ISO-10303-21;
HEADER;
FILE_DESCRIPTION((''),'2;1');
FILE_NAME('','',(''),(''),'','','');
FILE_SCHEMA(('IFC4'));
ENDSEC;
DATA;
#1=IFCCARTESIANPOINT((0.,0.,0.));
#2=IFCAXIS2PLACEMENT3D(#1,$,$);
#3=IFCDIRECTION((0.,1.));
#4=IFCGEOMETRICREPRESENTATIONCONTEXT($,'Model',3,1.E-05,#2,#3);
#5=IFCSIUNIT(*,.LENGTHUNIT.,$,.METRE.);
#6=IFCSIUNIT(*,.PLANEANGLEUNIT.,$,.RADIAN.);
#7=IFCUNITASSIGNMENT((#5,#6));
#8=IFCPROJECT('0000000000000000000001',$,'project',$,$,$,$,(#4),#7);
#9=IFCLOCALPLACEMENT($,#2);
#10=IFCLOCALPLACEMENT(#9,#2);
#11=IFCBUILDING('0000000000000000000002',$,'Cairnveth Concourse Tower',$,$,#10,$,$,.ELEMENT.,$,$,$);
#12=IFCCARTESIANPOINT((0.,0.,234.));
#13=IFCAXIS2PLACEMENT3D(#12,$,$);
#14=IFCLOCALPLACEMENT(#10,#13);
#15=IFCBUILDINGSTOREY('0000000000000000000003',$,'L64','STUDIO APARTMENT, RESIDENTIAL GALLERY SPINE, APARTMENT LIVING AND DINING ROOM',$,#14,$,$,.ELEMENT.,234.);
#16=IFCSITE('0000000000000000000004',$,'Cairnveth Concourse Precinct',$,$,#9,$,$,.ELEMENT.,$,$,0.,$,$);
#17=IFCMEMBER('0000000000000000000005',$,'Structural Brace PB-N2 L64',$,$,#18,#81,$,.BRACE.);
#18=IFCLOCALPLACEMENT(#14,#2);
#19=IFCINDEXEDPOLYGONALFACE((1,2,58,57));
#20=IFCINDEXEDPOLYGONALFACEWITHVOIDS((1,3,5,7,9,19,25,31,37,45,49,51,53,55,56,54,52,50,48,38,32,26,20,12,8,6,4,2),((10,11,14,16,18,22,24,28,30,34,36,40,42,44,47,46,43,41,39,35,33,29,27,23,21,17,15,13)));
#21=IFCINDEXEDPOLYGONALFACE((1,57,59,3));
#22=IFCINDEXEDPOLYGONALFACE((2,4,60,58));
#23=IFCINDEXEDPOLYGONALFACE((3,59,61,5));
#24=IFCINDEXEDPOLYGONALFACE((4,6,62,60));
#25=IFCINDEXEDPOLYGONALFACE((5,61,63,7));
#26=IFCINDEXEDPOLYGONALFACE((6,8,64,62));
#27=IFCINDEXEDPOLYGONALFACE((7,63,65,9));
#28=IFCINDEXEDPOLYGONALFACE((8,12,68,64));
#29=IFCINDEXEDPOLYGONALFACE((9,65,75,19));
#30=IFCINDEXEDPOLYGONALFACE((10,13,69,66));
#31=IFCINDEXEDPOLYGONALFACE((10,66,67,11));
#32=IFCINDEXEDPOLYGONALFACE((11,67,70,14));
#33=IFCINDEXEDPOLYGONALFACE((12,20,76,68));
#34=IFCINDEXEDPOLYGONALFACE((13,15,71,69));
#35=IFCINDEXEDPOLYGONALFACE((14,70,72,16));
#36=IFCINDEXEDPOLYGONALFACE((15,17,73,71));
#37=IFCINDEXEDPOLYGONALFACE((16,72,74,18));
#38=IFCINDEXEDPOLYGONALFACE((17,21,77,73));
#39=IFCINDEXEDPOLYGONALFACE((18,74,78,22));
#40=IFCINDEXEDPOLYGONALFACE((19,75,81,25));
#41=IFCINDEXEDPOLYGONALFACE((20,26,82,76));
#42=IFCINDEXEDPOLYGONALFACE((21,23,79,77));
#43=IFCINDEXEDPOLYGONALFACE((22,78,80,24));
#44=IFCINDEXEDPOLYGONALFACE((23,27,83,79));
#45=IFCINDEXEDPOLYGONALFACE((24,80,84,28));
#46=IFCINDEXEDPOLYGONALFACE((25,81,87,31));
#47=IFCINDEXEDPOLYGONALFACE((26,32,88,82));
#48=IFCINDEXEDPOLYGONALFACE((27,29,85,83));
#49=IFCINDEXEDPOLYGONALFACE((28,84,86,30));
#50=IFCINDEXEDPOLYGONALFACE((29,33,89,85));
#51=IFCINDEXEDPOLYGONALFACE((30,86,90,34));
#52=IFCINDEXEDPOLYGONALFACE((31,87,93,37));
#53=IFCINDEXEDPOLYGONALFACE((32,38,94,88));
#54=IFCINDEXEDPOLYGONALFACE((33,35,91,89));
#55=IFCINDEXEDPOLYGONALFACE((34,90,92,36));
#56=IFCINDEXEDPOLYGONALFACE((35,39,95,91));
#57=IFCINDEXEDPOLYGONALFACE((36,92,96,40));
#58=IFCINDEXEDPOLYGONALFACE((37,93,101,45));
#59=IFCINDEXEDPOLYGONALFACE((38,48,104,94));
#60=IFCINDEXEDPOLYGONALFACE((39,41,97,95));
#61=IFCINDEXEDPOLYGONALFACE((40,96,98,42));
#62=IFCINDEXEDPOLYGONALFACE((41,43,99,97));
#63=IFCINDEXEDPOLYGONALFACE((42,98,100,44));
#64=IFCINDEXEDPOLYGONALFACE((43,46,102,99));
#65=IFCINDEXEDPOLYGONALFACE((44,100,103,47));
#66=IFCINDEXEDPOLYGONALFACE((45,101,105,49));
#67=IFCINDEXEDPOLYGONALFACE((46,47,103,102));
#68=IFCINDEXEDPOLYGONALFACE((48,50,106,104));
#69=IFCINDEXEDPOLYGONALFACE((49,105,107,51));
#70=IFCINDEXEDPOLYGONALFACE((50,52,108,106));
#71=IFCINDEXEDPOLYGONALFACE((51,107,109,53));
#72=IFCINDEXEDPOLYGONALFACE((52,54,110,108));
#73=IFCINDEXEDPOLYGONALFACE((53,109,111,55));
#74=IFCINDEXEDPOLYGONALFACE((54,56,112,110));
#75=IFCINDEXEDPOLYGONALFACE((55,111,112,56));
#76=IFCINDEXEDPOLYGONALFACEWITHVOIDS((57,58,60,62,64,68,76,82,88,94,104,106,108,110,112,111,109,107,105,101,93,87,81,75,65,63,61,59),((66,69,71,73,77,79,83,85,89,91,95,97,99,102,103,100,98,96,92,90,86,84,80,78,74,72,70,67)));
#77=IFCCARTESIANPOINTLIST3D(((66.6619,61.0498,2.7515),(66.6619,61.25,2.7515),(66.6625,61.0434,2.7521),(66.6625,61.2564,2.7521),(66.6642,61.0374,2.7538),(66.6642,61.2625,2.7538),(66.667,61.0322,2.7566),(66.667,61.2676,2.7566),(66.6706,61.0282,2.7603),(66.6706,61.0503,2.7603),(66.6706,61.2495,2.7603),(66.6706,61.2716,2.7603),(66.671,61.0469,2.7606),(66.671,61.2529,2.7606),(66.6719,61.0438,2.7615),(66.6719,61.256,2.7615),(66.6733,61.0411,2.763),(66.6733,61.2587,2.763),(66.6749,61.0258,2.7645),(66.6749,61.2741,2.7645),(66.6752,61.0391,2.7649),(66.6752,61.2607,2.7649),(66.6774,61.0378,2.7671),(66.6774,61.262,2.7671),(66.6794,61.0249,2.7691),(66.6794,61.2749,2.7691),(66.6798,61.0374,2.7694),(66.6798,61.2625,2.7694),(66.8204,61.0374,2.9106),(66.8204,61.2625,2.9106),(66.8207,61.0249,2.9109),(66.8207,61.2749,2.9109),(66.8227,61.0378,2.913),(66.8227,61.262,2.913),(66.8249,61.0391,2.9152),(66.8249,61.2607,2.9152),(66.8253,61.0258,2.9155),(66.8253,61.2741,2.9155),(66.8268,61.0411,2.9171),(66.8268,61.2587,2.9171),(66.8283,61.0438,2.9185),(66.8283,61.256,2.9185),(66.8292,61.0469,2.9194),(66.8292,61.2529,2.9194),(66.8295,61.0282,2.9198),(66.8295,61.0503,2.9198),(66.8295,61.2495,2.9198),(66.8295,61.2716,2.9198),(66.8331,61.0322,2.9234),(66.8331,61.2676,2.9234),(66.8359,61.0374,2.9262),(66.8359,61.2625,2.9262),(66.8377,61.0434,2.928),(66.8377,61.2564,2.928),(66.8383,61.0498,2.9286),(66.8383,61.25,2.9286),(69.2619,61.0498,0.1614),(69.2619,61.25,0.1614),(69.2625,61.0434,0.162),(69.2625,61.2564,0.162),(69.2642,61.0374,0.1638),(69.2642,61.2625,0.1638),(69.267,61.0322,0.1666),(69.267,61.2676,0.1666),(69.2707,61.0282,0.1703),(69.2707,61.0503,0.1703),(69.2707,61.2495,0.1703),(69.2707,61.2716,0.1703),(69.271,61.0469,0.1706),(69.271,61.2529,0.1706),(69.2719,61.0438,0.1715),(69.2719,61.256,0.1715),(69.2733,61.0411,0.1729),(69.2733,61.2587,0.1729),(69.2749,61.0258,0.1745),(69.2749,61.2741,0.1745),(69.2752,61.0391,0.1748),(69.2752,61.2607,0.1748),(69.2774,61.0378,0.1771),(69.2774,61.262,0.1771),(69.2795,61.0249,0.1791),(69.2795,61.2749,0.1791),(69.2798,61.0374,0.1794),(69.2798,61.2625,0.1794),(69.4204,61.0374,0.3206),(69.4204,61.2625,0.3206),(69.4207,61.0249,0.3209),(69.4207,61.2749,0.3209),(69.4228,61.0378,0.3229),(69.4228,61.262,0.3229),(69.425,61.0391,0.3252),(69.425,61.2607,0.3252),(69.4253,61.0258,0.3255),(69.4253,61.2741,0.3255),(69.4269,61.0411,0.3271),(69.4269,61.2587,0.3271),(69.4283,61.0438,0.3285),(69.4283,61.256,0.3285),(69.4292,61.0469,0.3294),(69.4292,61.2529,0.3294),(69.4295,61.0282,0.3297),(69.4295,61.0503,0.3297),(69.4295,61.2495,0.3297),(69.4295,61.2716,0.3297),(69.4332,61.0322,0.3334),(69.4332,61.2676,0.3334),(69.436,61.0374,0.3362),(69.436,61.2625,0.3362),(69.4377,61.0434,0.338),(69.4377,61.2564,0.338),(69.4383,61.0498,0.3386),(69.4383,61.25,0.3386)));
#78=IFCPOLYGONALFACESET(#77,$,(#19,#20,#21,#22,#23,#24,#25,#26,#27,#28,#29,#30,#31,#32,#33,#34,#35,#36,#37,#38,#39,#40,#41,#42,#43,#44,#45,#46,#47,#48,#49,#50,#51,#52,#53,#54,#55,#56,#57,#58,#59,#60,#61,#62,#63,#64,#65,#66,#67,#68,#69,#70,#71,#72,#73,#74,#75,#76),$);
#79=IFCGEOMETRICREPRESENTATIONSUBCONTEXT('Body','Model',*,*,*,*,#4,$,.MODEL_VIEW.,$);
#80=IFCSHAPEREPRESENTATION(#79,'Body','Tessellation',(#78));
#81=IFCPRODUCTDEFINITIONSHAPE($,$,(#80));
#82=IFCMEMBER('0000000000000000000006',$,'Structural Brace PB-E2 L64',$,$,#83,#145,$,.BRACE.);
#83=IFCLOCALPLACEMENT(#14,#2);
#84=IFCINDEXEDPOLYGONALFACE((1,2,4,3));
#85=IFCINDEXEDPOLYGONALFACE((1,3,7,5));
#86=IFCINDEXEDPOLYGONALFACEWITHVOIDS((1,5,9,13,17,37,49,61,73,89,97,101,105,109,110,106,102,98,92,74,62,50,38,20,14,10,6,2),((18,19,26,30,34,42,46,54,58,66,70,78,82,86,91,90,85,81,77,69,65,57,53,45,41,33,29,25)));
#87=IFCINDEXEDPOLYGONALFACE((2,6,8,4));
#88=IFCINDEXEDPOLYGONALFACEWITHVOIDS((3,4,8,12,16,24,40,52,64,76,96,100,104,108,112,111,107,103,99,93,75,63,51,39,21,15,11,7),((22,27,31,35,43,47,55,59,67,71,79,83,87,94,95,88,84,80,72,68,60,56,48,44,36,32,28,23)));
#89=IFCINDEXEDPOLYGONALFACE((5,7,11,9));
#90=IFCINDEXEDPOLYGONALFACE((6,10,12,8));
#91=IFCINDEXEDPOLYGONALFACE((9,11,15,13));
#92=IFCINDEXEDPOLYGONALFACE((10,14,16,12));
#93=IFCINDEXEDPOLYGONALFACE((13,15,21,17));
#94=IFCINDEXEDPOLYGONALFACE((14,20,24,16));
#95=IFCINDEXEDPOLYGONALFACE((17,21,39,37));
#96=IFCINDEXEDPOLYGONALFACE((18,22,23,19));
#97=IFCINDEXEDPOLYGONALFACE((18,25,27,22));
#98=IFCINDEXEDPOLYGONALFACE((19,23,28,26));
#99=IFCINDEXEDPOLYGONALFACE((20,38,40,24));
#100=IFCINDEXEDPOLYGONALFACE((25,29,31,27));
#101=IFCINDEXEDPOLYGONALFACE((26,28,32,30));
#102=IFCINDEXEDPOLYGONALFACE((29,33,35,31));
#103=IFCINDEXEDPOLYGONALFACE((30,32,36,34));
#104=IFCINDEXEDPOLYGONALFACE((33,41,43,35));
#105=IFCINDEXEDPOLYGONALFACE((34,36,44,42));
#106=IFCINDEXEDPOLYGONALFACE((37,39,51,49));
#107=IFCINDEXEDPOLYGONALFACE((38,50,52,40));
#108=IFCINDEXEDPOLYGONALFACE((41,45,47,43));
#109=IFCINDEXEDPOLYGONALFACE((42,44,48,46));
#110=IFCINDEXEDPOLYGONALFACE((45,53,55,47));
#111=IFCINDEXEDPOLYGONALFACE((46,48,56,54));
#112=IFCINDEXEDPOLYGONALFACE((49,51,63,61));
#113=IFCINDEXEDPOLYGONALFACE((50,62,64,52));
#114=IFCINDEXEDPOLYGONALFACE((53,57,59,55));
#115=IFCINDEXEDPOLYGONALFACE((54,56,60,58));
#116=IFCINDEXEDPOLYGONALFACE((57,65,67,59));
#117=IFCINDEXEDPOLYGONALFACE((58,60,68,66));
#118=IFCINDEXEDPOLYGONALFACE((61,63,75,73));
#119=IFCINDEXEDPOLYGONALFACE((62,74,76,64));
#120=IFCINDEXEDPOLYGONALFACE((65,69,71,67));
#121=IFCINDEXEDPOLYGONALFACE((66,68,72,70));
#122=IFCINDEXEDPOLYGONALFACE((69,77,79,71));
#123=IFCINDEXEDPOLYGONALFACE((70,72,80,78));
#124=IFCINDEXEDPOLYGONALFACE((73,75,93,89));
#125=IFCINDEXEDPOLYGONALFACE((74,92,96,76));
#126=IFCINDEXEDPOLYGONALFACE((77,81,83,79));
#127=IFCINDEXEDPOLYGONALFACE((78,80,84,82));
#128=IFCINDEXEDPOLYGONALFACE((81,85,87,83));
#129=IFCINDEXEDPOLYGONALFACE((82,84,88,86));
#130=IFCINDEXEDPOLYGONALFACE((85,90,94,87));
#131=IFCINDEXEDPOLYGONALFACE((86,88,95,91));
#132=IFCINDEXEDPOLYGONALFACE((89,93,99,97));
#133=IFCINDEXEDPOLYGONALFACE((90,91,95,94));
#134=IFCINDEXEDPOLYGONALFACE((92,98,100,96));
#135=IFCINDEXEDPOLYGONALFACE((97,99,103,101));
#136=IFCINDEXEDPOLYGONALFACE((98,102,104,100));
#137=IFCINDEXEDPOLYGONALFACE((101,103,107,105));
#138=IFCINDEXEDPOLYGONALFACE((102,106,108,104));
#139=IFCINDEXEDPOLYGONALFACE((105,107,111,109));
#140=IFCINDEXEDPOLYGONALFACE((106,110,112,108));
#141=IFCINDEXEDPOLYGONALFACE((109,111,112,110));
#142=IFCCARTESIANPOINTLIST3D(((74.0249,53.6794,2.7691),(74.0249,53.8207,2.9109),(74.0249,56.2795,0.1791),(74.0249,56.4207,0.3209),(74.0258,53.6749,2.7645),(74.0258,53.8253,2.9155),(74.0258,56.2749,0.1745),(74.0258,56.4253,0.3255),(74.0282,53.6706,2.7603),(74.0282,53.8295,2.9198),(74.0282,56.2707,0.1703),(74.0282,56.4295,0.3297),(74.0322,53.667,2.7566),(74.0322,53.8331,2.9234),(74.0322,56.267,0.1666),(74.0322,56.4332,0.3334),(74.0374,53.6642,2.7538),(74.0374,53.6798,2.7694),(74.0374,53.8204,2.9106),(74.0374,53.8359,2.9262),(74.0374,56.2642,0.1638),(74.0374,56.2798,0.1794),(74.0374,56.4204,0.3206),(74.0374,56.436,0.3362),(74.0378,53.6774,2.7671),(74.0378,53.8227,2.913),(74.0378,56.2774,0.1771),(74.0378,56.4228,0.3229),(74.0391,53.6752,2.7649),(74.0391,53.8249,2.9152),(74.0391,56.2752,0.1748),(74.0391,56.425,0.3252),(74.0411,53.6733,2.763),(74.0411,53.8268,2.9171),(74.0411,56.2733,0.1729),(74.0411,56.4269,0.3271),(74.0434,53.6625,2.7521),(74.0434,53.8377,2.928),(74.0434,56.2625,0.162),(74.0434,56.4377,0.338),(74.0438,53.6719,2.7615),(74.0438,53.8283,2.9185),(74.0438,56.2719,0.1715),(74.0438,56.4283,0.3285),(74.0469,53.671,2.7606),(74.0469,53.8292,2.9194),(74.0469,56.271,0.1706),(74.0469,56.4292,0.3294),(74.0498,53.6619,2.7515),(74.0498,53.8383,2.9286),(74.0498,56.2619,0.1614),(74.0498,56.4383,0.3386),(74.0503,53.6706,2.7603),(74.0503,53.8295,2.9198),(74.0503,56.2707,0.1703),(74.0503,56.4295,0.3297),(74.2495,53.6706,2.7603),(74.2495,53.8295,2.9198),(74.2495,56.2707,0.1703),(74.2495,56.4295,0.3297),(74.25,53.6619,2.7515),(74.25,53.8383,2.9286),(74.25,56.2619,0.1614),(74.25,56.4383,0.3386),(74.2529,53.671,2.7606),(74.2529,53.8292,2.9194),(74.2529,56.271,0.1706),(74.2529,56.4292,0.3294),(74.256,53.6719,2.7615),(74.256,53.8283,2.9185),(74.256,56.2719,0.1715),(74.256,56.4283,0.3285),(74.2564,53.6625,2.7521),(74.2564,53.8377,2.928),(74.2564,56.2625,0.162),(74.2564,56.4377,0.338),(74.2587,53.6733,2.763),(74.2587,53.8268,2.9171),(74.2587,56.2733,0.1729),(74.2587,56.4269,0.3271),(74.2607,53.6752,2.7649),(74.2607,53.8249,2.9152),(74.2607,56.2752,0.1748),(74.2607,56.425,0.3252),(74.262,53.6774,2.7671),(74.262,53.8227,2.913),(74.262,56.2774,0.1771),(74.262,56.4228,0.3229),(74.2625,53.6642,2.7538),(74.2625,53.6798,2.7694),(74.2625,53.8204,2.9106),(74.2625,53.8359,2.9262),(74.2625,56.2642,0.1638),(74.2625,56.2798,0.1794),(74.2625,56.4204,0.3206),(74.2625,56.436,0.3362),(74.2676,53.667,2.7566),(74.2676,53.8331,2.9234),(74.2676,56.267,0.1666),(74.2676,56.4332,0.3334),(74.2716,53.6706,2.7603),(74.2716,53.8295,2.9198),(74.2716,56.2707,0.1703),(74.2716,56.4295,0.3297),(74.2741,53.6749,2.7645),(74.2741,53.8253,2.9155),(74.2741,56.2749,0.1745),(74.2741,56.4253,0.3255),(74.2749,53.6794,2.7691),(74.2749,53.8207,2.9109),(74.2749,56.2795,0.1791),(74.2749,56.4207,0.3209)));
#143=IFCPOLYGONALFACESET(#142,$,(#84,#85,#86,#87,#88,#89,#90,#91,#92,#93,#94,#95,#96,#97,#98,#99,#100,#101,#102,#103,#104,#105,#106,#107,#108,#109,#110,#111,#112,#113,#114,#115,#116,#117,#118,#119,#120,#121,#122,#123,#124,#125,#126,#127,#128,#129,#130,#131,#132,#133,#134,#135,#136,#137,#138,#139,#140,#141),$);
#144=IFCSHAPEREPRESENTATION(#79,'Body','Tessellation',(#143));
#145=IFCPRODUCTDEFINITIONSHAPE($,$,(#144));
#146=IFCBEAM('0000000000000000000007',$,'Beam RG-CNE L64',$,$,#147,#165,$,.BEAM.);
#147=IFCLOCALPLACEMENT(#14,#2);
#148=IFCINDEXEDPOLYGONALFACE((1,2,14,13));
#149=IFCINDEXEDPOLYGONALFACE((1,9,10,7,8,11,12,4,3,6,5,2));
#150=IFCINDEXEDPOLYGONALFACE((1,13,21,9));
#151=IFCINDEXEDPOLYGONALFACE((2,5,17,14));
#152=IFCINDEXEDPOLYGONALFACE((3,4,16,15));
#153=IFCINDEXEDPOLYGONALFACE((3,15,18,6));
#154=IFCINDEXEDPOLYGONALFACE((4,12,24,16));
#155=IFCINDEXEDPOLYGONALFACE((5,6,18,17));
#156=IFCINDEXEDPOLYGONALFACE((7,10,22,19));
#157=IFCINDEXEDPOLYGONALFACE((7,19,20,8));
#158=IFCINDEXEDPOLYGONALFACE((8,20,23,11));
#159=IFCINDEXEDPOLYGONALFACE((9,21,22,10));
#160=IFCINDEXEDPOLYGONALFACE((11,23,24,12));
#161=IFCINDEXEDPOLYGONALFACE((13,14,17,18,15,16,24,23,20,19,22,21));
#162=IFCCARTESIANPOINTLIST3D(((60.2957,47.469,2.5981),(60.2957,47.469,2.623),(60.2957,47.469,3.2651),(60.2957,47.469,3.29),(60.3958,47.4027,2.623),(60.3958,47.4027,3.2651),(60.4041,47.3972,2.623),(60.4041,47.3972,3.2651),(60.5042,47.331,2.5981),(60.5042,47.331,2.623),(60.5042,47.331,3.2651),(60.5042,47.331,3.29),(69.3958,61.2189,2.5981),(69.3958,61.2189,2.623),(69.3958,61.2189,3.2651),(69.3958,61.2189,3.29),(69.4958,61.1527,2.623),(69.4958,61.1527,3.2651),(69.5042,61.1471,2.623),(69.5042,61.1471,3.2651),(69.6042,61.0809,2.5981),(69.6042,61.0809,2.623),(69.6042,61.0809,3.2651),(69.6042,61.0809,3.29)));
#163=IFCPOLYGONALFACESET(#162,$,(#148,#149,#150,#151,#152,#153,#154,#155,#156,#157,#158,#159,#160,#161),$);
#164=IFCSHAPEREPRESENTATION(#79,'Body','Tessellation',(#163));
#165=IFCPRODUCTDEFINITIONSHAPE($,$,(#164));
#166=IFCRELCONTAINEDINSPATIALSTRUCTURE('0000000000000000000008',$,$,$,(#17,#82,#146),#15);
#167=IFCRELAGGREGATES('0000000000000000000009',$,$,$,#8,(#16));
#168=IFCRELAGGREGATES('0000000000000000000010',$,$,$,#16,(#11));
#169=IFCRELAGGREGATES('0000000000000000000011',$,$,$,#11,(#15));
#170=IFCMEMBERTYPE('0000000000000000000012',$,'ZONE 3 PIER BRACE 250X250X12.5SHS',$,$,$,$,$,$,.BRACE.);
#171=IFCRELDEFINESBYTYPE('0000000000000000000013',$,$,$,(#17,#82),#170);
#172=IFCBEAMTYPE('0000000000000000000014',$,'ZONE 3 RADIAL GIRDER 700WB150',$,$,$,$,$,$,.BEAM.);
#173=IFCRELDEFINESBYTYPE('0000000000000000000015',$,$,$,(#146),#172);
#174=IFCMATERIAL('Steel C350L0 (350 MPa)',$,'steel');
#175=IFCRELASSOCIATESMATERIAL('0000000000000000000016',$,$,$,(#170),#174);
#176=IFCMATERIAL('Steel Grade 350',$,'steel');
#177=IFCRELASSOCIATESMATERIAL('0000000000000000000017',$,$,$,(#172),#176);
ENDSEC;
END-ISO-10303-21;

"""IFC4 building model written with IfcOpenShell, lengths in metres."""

from ifc_helpers import new_model, si_unit, direction, frame, origin, origin_2d, place, context, subcontext, project, spatial, hollow_rectangle, i_section, extrude, material, material_profile, profile_set, type_object, element, save


model = new_model("IFC4")

# Units and contexts
model_context = context("Model", 3, precision=1e-05, world=origin(), true_north=direction((0.0, 1.0)))
body_context = subcontext(model_context, "Body", "Model", "MODEL_VIEW")
ifc_project = project(units=[si_unit("LENGTHUNIT", "METRE"), si_unit("PLANEANGLEUNIT", "RADIAN")], contexts=[model_context])

# Site, building, storey
site_placement = place(None, origin())
site = spatial("IfcSite", under=ifc_project, at=site_placement, Name="Cairnveth Concourse Precinct", CompositionType="ELEMENT", RefElevation=0.0)
building_placement = place(site_placement, origin())
building = spatial("IfcBuilding", under=site, at=building_placement, Name="Cairnveth Concourse Tower", CompositionType="ELEMENT")
storey_placement = place(building_placement, frame((0.0, 0.0, 234.0)))
storey = spatial("IfcBuildingStorey", under=building, at=storey_placement, Name="L64", Description="STUDIO APARTMENT, RESIDENTIAL GALLERY SPINE, APARTMENT LIVING AND DINING ROOM", CompositionType="ELEMENT", Elevation=234.0)

# Shared definitions
ifc_material_1 = material(Name="Steel Grade 350", Category="steel")

# Members
ifc_material_2 = material(Name="Steel C350L0 (350 MPa)", Category="steel")
ifc_material_profile_1 = material_profile(ifc_material_2, hollow_rectangle(XDim=0.25, YDim=0.25, WallThickness=0.0125, InnerFilletRadius=0.0129, OuterFilletRadius=0.0249, at=origin_2d()), Name="250x250x12.5SHS")
ifc_profile_set_1 = profile_set([ifc_material_profile_1], Name="Steel C350L0 (350 MPa)")
member_type = type_object("IfcMemberType", Name="ZONE 3 PIER BRACE 250X250X12.5SHS", PredefinedType="BRACE", material=ifc_profile_set_1)
for number, where, z_axis, x_axis, name in (
    (1, (69.3501, 61.1499, 0.25), (-0.708469, 0.0, 0.705742), (0.0, -1.0, 0.0), "Structural Brace PB-N2 L64"),
    (2, (74.1499, 56.3501, 0.25), (0.0, -0.708469, 0.705742), (1.0, 0.0, 0.0), "Structural Brace PB-E2 L64"),
):
    element("IfcMember", number, at=place(storey_placement, frame(where, z_axis=z_axis, x_axis=x_axis)), inside=storey, type_object=member_type, Name=name, PredefinedType="BRACE", context=body_context, shape_type="SweptSolid", body=[
        extrude(hollow_rectangle(XDim=0.25, YDim=0.25, WallThickness=0.0125, InnerFilletRadius=0.0129, OuterFilletRadius=0.0249, at=origin_2d()), origin(), (0.0, 0.0, 1.0), 3.6699),
    ])

# Beam
ifc_material_profile_2 = material_profile(ifc_material_1, i_section(OverallWidth=0.25, OverallDepth=0.6919, WebThickness=0.01, FlangeThickness=0.0249, at=origin_2d()), Name="700WB150")
ifc_profile_set_2 = profile_set([ifc_material_profile_2], Name="Steel Grade 350")
beam_type_1 = type_object("IfcBeamType", Name="ZONE 3 RADIAL GIRDER 700WB150", PredefinedType="BEAM", material=ifc_profile_set_2)
beam_1_placement = place(storey_placement, frame((69.5, 61.1499, 2.9441), z_axis=(-0.551902, -0.833909, 0.0), x_axis=(0.833909, -0.551902, 0.0)))
element("IfcBeam", 3, at=beam_1_placement, inside=storey, type_object=beam_type_1, Name="Beam RG-CNE L64", PredefinedType="BEAM", context=body_context, shape_type="SweptSolid", body=[
    extrude(i_section(OverallWidth=0.25, OverallDepth=0.6919, WebThickness=0.01, FlangeThickness=0.0249, at=origin_2d()), origin(), (0.0, 0.0, 1.0), 16.4885),
])

save(model, "model.ifc")
